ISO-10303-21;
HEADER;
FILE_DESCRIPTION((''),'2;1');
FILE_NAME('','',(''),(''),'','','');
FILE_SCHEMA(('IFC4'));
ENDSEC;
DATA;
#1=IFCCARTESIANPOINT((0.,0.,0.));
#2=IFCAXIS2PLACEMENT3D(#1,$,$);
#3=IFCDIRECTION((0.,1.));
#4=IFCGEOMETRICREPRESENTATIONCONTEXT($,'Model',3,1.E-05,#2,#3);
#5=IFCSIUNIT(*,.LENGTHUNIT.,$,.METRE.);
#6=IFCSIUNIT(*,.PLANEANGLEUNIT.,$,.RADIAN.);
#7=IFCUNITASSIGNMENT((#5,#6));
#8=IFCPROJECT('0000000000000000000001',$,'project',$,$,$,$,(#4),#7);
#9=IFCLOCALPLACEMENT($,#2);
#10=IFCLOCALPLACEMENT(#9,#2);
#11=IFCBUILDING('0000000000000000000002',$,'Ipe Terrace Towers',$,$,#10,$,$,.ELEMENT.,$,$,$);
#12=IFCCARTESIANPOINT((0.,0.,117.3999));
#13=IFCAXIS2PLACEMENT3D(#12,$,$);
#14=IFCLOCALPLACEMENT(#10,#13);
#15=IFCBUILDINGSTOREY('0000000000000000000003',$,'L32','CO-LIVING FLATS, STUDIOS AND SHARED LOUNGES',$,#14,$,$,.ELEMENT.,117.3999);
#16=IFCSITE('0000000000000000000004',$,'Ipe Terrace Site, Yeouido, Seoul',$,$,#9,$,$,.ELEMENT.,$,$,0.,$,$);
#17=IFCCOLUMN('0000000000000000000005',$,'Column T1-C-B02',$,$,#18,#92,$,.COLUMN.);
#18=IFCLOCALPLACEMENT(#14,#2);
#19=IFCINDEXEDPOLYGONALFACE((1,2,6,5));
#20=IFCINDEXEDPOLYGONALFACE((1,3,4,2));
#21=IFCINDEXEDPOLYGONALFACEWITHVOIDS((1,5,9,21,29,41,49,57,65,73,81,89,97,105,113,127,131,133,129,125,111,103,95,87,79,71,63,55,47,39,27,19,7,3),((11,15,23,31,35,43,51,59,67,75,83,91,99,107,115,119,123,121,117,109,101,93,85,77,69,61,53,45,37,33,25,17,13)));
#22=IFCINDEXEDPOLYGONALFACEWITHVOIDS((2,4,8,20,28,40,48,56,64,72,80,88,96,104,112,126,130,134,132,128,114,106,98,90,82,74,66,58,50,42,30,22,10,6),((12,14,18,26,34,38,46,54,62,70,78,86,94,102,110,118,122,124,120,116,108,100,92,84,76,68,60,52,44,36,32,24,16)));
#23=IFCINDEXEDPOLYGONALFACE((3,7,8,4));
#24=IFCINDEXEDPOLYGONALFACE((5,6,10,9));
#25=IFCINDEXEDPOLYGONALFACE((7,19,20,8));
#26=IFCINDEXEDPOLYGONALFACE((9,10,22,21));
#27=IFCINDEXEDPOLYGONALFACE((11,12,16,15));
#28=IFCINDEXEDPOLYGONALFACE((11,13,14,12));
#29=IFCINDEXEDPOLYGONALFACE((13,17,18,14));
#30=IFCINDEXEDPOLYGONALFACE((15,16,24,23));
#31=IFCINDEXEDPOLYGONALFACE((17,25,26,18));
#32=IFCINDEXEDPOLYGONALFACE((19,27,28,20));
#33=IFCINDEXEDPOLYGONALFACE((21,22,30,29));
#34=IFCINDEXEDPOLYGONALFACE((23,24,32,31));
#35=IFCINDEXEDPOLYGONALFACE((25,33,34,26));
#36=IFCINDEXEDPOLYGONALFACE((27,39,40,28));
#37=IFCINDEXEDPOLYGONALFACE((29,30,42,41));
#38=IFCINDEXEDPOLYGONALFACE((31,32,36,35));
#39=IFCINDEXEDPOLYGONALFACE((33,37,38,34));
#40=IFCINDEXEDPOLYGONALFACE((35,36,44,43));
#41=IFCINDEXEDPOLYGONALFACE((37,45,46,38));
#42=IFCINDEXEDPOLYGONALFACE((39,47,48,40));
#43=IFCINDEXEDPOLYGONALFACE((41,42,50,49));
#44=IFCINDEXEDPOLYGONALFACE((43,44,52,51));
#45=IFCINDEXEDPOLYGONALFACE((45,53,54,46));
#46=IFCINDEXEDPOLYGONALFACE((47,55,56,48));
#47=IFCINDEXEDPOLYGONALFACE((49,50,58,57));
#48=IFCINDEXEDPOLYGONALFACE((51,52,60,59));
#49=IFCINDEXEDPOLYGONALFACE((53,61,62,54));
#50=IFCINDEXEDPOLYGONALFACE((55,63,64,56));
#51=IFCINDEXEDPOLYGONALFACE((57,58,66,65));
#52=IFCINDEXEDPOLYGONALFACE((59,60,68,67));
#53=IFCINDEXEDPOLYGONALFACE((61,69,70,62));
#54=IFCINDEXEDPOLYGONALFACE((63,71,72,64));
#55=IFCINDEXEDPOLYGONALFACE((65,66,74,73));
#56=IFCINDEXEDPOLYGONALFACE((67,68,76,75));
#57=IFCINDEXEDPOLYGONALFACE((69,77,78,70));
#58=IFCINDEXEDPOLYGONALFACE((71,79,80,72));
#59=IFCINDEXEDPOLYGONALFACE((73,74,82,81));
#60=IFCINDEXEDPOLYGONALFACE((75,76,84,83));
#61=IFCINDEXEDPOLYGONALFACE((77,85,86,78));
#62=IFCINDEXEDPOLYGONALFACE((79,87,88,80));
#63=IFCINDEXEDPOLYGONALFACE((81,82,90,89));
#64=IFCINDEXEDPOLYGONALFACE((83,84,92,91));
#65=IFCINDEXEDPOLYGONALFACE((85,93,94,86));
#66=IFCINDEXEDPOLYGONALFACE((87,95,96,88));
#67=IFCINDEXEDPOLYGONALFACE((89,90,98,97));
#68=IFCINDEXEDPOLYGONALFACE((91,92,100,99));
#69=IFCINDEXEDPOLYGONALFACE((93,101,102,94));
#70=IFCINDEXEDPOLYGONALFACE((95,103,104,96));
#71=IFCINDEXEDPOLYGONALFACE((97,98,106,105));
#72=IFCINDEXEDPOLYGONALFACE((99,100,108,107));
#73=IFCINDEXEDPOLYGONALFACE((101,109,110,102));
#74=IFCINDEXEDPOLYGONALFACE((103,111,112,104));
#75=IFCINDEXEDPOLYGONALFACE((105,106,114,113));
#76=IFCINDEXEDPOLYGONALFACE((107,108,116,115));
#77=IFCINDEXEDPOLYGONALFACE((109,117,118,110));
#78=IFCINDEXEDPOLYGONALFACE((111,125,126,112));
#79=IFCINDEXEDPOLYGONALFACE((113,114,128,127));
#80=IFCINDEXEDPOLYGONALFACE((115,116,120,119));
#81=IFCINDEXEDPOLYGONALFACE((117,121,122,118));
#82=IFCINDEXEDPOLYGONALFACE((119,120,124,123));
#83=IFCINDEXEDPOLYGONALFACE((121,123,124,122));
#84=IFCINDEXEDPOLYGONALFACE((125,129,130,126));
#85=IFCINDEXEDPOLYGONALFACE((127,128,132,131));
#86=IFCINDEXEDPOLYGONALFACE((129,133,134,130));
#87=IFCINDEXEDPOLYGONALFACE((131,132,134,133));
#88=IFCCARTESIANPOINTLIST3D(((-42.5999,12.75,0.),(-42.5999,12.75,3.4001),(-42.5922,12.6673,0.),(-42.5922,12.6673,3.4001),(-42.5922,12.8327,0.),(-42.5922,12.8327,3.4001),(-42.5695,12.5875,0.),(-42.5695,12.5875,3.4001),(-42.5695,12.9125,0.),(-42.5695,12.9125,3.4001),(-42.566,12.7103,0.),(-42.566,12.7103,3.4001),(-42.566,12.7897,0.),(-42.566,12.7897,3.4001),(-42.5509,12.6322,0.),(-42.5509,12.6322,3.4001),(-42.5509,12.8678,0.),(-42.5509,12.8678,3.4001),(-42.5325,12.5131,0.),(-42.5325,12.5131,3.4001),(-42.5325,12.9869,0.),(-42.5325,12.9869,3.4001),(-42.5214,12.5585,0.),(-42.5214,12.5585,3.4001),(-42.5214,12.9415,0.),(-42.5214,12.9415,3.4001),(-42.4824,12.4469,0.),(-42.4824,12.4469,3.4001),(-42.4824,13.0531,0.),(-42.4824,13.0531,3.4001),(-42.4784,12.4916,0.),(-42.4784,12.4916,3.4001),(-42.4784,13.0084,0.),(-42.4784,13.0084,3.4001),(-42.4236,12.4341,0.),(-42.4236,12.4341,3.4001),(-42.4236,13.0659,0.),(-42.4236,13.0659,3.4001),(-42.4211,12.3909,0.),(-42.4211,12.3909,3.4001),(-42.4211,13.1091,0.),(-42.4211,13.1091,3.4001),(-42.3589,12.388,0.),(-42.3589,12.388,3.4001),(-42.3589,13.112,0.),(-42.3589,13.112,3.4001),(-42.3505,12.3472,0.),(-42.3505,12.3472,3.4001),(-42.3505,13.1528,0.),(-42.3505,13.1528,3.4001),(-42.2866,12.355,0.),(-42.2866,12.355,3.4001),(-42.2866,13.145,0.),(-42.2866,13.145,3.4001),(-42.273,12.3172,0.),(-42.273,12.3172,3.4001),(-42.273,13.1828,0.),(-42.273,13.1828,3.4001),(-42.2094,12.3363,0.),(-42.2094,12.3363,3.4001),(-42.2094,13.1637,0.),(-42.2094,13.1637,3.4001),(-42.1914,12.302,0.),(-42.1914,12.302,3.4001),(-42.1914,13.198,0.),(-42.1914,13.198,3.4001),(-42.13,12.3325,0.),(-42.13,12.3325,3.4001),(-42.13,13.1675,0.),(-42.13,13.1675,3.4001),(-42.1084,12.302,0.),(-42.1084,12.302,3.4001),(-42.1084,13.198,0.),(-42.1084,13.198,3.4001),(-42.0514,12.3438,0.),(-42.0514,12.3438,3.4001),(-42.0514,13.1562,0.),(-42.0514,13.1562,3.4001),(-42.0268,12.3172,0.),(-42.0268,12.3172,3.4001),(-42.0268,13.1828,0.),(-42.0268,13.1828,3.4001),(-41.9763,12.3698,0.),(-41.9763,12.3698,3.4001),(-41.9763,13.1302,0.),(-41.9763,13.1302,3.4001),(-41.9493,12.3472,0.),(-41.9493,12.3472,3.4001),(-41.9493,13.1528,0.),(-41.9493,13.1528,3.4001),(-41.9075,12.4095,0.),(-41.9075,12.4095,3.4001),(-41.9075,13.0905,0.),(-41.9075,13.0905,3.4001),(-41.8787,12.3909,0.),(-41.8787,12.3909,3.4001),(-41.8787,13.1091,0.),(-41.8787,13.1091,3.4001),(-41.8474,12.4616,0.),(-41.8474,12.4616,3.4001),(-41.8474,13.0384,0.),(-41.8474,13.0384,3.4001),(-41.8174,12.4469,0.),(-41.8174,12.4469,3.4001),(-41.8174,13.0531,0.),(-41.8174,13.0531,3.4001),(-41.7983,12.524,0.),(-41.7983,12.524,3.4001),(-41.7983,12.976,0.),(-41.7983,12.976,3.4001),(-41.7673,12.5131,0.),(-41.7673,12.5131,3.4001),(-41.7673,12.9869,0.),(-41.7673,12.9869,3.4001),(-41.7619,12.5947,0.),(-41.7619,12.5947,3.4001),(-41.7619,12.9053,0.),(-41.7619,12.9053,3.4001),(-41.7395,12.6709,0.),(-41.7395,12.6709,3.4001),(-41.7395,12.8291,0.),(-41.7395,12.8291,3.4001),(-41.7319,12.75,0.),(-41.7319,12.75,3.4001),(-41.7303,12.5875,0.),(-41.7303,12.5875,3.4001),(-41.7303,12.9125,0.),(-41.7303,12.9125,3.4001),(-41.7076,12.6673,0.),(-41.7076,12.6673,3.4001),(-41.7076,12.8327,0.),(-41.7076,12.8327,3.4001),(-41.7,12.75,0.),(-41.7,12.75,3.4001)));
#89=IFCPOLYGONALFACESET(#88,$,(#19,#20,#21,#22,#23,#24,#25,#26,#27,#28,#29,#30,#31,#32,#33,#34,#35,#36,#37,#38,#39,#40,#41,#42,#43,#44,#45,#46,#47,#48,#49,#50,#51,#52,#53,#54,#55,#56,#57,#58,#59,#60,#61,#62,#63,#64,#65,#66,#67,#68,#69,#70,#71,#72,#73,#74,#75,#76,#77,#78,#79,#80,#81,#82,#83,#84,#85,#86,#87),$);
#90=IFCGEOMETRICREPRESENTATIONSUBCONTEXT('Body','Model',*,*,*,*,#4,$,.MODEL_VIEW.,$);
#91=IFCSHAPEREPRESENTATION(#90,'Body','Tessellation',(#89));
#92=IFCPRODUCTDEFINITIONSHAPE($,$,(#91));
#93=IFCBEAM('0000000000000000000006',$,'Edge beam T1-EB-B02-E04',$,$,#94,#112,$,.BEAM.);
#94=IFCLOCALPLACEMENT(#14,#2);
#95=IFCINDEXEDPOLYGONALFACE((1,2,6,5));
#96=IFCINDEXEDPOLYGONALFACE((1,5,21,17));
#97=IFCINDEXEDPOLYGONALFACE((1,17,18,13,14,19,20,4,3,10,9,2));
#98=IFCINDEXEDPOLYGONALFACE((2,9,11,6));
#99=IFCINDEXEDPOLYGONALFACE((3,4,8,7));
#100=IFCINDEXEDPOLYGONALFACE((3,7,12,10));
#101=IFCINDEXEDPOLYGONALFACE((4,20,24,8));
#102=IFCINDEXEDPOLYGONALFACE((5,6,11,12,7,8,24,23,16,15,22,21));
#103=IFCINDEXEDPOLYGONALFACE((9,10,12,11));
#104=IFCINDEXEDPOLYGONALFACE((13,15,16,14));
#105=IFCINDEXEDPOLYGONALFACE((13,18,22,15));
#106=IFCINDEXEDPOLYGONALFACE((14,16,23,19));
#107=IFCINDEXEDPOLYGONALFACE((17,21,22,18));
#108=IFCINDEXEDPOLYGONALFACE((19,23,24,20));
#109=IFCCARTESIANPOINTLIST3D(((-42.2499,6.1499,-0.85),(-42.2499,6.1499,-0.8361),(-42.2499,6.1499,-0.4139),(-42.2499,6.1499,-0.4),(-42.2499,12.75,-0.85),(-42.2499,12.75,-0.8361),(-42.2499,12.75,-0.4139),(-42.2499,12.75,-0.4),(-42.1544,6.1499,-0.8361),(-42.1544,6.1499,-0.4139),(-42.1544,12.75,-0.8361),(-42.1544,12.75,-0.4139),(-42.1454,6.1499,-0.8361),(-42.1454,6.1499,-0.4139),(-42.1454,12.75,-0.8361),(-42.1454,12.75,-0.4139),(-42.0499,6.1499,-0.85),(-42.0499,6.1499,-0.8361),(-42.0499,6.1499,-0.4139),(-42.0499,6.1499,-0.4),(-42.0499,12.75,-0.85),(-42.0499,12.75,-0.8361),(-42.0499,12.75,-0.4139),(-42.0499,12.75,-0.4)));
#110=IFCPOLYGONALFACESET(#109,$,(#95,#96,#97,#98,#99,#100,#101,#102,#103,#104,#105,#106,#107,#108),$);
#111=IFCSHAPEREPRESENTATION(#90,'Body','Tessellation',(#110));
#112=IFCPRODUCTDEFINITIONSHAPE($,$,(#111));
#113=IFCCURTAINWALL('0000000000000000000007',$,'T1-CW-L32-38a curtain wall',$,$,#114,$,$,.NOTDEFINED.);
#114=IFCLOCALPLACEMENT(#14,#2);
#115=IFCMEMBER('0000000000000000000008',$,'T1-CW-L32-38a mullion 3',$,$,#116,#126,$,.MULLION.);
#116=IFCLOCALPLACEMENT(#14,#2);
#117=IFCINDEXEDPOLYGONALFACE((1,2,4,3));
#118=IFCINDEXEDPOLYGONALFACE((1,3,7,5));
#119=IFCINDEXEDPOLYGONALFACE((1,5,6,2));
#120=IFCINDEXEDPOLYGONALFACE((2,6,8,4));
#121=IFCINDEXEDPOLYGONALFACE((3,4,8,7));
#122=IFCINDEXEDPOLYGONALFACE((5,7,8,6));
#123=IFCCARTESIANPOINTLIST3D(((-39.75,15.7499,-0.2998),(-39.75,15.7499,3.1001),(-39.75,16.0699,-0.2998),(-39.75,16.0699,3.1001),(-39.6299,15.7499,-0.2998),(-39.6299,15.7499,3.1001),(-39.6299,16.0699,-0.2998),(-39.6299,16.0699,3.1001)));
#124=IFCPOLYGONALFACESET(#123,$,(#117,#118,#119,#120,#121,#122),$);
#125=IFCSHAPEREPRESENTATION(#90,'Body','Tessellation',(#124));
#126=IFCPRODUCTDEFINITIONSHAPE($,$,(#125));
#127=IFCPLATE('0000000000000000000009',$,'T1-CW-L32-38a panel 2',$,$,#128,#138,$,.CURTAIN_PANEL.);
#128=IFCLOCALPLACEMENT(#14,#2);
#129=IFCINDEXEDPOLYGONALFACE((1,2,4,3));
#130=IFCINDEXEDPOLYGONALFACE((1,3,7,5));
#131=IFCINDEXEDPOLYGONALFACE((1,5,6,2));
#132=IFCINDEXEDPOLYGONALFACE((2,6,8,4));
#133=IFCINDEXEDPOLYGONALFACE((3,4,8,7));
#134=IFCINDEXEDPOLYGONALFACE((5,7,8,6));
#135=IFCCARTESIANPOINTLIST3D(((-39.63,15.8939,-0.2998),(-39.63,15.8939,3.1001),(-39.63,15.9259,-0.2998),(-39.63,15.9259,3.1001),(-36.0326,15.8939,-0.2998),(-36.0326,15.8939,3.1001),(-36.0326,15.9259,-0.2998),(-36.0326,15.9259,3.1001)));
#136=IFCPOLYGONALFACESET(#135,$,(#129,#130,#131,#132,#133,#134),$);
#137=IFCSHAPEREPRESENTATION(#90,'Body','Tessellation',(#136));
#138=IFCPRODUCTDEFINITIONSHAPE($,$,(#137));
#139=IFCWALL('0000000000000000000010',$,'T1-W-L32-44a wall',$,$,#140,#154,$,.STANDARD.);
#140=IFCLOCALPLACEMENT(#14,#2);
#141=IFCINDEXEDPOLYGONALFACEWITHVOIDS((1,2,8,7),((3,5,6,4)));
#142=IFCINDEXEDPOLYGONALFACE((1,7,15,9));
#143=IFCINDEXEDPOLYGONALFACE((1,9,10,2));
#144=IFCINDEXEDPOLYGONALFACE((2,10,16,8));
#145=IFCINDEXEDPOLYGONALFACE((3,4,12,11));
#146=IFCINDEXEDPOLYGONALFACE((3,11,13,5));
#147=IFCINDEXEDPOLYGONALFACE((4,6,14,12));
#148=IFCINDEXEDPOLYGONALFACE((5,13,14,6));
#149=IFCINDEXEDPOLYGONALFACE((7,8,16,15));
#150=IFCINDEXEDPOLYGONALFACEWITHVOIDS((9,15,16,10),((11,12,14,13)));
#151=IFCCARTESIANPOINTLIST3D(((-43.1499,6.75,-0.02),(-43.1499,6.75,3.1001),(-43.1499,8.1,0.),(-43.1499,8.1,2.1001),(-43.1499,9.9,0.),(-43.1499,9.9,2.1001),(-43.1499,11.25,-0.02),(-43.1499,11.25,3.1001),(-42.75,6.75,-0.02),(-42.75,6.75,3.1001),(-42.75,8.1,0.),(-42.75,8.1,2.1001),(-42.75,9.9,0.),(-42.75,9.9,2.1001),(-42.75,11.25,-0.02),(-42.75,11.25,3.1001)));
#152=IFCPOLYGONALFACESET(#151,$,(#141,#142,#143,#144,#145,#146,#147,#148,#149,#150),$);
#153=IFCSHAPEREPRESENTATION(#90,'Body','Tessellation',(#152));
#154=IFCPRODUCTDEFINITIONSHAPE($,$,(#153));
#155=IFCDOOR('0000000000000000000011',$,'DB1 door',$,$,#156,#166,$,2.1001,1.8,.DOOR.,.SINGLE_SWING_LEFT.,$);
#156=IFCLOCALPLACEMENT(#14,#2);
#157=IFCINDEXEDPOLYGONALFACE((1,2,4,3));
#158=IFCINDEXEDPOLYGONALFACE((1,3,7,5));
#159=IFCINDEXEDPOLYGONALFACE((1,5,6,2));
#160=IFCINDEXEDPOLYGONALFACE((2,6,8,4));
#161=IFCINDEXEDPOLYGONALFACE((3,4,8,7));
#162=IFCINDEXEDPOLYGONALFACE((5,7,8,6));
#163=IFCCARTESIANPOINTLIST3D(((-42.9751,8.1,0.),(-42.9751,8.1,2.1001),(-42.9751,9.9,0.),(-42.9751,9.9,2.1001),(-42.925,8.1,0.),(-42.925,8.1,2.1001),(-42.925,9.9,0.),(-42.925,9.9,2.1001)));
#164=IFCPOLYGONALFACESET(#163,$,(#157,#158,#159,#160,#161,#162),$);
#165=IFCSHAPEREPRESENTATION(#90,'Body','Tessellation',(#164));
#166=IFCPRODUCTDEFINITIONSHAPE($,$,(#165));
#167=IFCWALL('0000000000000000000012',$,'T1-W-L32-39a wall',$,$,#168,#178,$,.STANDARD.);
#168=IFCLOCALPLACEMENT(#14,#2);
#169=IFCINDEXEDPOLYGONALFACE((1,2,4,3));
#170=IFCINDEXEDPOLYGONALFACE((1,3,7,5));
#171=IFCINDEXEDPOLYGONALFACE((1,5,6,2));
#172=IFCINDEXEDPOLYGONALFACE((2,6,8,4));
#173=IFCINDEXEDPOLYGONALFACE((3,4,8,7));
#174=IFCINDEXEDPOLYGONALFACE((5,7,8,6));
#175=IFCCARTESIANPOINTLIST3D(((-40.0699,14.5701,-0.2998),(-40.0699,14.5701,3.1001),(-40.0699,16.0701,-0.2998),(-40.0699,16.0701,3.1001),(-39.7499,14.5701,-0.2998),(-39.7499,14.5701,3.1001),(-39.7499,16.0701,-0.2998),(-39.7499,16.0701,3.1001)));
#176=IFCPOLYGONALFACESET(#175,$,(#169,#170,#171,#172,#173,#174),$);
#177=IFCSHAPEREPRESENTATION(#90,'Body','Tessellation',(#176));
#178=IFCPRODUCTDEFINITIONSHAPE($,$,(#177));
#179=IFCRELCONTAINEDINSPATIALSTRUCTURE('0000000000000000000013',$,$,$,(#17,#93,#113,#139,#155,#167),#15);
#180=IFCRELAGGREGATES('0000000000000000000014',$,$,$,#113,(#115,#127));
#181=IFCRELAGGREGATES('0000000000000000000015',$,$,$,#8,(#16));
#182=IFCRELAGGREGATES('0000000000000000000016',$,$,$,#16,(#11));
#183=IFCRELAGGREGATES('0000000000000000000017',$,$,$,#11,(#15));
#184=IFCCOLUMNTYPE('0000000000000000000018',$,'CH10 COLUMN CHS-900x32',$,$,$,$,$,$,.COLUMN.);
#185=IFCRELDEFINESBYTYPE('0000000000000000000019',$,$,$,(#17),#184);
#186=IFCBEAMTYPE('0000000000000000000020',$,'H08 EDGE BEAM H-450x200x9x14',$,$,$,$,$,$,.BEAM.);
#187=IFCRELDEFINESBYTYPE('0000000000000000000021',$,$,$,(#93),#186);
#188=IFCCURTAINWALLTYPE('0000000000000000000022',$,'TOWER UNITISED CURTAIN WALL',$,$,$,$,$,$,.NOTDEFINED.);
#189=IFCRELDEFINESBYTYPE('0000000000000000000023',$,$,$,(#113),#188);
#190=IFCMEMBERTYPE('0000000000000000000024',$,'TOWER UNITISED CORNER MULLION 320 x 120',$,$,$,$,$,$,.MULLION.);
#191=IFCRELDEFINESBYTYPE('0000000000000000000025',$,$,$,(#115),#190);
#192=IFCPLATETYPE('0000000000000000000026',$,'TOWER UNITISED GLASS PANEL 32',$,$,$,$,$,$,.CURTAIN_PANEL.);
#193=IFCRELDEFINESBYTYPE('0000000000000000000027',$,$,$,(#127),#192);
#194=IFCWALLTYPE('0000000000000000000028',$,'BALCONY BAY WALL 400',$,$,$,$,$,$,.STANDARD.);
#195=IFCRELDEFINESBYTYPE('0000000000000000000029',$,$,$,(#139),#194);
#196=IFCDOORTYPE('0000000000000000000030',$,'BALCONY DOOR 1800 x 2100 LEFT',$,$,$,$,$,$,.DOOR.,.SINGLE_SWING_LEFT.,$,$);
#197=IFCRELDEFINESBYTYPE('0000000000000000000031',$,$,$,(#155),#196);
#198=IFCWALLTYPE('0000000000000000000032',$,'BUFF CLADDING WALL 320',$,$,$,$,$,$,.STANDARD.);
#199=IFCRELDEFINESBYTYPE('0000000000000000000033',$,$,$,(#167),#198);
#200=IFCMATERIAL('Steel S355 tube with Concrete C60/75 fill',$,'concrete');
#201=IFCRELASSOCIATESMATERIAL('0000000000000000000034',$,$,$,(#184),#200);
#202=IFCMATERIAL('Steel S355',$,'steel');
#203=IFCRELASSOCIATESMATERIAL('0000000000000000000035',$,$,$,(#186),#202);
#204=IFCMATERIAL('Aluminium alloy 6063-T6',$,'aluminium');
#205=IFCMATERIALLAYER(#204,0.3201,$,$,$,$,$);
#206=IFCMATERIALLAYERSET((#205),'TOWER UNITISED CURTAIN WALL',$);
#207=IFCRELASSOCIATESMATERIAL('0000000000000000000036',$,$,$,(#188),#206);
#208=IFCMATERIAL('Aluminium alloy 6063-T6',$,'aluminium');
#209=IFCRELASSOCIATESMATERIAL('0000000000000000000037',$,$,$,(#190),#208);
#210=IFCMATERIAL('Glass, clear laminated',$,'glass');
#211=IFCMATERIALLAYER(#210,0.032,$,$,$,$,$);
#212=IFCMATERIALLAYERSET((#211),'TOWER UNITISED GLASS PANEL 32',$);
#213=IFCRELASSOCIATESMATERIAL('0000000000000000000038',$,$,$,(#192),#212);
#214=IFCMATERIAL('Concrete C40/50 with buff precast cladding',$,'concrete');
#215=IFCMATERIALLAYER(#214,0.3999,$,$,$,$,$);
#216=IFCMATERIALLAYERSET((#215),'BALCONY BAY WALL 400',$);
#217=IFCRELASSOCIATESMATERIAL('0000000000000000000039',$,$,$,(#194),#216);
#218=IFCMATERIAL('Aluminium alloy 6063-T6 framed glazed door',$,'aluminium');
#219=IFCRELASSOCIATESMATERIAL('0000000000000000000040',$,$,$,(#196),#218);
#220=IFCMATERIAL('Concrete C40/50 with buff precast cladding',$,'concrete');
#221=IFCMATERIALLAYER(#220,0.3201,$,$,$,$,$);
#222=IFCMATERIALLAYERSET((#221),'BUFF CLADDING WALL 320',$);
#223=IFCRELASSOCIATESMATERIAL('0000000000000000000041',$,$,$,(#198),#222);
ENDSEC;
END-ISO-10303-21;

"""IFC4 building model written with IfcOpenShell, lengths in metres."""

from ifc_helpers import new_model, si_unit, direction, frame, frame_2d, origin, origin_2d, place, context, subcontext, project, spatial, rectangle, hollow_circle, i_section, extrude, material, layer, layer_set, material_profile, profile_set, type_object, element, fill, aggregate, save


model = new_model("IFC4")

# Units and contexts
model_context = context("Model", 3, precision=1e-05, world=origin(), true_north=direction((0.0, 1.0)))
body_context = subcontext(model_context, "Body", "Model", "MODEL_VIEW")
ifc_project = project(units=[si_unit("LENGTHUNIT", "METRE"), si_unit("PLANEANGLEUNIT", "RADIAN")], contexts=[model_context])

# Site, building, storey
site_placement = place(None, origin())
site = spatial("IfcSite", under=ifc_project, at=site_placement, Name="Ipe Terrace Site, Yeouido, Seoul", CompositionType="ELEMENT", RefElevation=0.0)
building_placement = place(site_placement, origin())
building = spatial("IfcBuilding", under=site, at=building_placement, Name="Ipe Terrace Towers", CompositionType="ELEMENT")
storey_placement = place(building_placement, frame((0.0, 0.0, 117.3999)))
storey = spatial("IfcBuildingStorey", under=building, at=storey_placement, Name="L32", Description="CO-LIVING FLATS, STUDIOS AND SHARED LOUNGES", CompositionType="ELEMENT", Elevation=117.3999)

# Column
ifc_material_1 = material(Name="Steel S355 tube with Concrete C60/75 fill", Category="concrete")
ifc_material_profile_1 = material_profile(ifc_material_1, hollow_circle(Radius=0.45, WallThickness=0.032, at=origin_2d()), Name="CHS-900x32")
ifc_profile_set_1 = profile_set([ifc_material_profile_1], Name="Steel S355 tube with Concrete C60/75 fill")
column_type = type_object("IfcColumnType", Name="CH10 COLUMN CHS-900x32", PredefinedType="COLUMN", material=ifc_profile_set_1)
column_placement = place(storey_placement, frame((-42.1499, 12.75, 0.0), z_axis=(0.0, 0.0, 1.0), x_axis=(1.0, 0.0, 0.0)))
element("IfcColumn", 1, at=column_placement, inside=storey, type_object=column_type, Name="Column T1-C-B02", PredefinedType="COLUMN", context=body_context, shape_type="SweptSolid", body=[
    extrude(hollow_circle(Radius=0.45, WallThickness=0.032, at=origin_2d()), origin(), (0.0, 0.0, 1.0), 3.4001),
])

# Beam
ifc_material_2 = material(Name="Steel S355", Category="steel")
ifc_material_profile_2 = material_profile(ifc_material_2, i_section(OverallWidth=0.2, OverallDepth=0.45, WebThickness=0.009, FlangeThickness=0.0139, at=origin_2d()), Name="H-450x200x9x14")
ifc_profile_set_2 = profile_set([ifc_material_profile_2], Name="Steel S355")
beam_type = type_object("IfcBeamType", Name="H08 EDGE BEAM H-450x200x9x14", PredefinedType="BEAM", material=ifc_profile_set_2)
beam_placement = place(storey_placement, frame((-42.1499, 12.75, -0.625), z_axis=(0.0, -1.0, 0.0), x_axis=(1.0, 0.0, 0.0)))
element("IfcBeam", 2, at=beam_placement, inside=storey, type_object=beam_type, Name="Edge beam T1-EB-B02-E04", PredefinedType="BEAM", context=body_context, shape_type="SweptSolid", body=[
    extrude(i_section(OverallWidth=0.2, OverallDepth=0.45, WebThickness=0.009, FlangeThickness=0.0139, at=origin_2d()), origin(), (0.0, 0.0, 1.0), 6.6001),
])

# Curtain wall, member, plate
ifc_material_3 = material(Name="Aluminium alloy 6063-T6", Category="aluminium")
ifc_layer_1 = layer(ifc_material_3, 0.3201)
ifc_layer_set_1 = layer_set([ifc_layer_1], Name="TOWER UNITISED CURTAIN WALL")
curtain_wall_type = type_object("IfcCurtainWallType", Name="TOWER UNITISED CURTAIN WALL", PredefinedType="NOTDEFINED", material=ifc_layer_set_1)
curtain_wall_placement = place(storey_placement, origin())
curtain_wall = element("IfcCurtainWall", 3, at=curtain_wall_placement, inside=storey, type_object=curtain_wall_type, Name="T1-CW-L32-38a curtain wall", PredefinedType="NOTDEFINED")
ifc_material_4 = material(Name="Aluminium alloy 6063-T6", Category="aluminium")
ifc_material_profile_3 = material_profile(ifc_material_4, rectangle(XDim=0.3201, YDim=0.1201, at=origin_2d()), Name="TOWER UNITISED CORNER MULLION 320 x 120")
ifc_profile_set_3 = profile_set([ifc_material_profile_3], Name="Aluminium alloy 6063-T6")
member_type = type_object("IfcMemberType", Name="TOWER UNITISED CORNER MULLION 320 x 120", PredefinedType="MULLION", material=ifc_profile_set_3)
member_placement = place(storey_placement, frame((-39.6899, 15.9099, -0.2998), z_axis=(0.0, 0.0, 1.0), x_axis=(0.0, 1.0, 0.0)))
member = element("IfcMember", 4, at=member_placement, type_object=member_type, Name="T1-CW-L32-38a mullion 3", PredefinedType="MULLION", context=body_context, shape_type="SweptSolid", body=[
    extrude(rectangle(XDim=0.3201, YDim=0.1201, at=origin_2d()), origin(), (0.0, 0.0, 1.0), 3.3999),
])
ifc_material_5 = material(Name="Glass, clear laminated", Category="glass")
ifc_layer_2 = layer(ifc_material_5, 0.032)
ifc_layer_set_2 = layer_set([ifc_layer_2], Name="TOWER UNITISED GLASS PANEL 32")
plate_type = type_object("IfcPlateType", Name="TOWER UNITISED GLASS PANEL 32", PredefinedType="CURTAIN_PANEL", material=ifc_layer_set_2)
plate_placement = place(storey_placement, frame((-37.8313, 15.9099, -0.2998), z_axis=(0.0, 0.0, 1.0), x_axis=(-1.0, 0.0, 0.0)))
plate = element("IfcPlate", 5, at=plate_placement, type_object=plate_type, Name="T1-CW-L32-38a panel 2", PredefinedType="CURTAIN_PANEL", context=body_context, shape_type="SweptSolid", body=[
    extrude(rectangle(XDim=3.5974, YDim=0.032, at=origin_2d()), origin(), (0.0, 0.0, 1.0), 3.3999),
])
aggregate(curtain_wall, [member, plate])

# Wall, opening, door
ifc_material_6 = material(Name="Concrete C40/50 with buff precast cladding", Category="concrete")
ifc_layer_3 = layer(ifc_material_6, 0.3999)
ifc_layer_set_3 = layer_set([ifc_layer_3], Name="BALCONY BAY WALL 400")
wall_type_1 = type_object("IfcWallType", Name="BALCONY BAY WALL 400", PredefinedType="STANDARD", material=ifc_layer_set_3)
wall_1_placement = place(storey_placement, frame((-42.95, 11.25, -0.02), z_axis=(0.0, 0.0, 1.0), x_axis=(0.0, -1.0, 0.0)))
wall_1 = element("IfcWall", 6, at=wall_1_placement, inside=storey, type_object=wall_type_1, Name="T1-W-L32-44a wall", PredefinedType="STANDARD", context=body_context, shape_type="SweptSolid", body=[
    extrude(rectangle(XDim=4.5, YDim=0.3999, at=frame_2d((2.25, 0.0))), origin(), (0.0, 0.0, 1.0), 3.1201),
])
opening_1_placement = place(wall_1_placement, frame((1.3501, 0.0, 0.02)))
opening_1 = element("IfcOpeningElement", 7, at=opening_1_placement, cuts=wall_1, PredefinedType="OPENING", context=body_context, shape_type="SweptSolid", body=[
    extrude(rectangle(XDim=1.8, YDim=2.1001, at=frame_2d((0.8999, 1.05))), frame((0.0, 0.21, 0.0), z_axis=(0.0, -1.0, 0.0), x_axis=(1.0, 0.0, 0.0)), (0.0, 0.0, 1.0), 0.4199),
])
ifc_material_7 = material(Name="Aluminium alloy 6063-T6 framed glazed door", Category="aluminium")
door_type_1 = type_object("IfcDoorType", Name="BALCONY DOOR 1800 x 2100 LEFT", OperationType="SINGLE_SWING_LEFT", PredefinedType="DOOR", material=ifc_material_7)
door_1_placement = place(opening_1_placement, origin())
door_1 = element("IfcDoor", 8, at=door_1_placement, inside=storey, type_object=door_type_1, Name="DB1 door", OperationType="SINGLE_SWING_LEFT", OverallHeight=2.1001, OverallWidth=1.8, PredefinedType="DOOR", context=body_context, shape_type="SweptSolid", body=[
    extrude(rectangle(XDim=1.8, YDim=2.1001, at=frame_2d((0.8999, 1.05))), frame((0.0, 0.0249, 0.0), z_axis=(0.0, -1.0, 0.0), x_axis=(1.0, 0.0, 0.0)), (0.0, 0.0, 1.0), 0.05),
])
fill(opening_1, door_1)

# Wall
ifc_material_8 = material(Name="Concrete C40/50 with buff precast cladding", Category="concrete")
ifc_layer_4 = layer(ifc_material_8, 0.3201)
ifc_layer_set_4 = layer_set([ifc_layer_4], Name="BUFF CLADDING WALL 320")
wall_type_2 = type_object("IfcWallType", Name="BUFF CLADDING WALL 320", PredefinedType="STANDARD", material=ifc_layer_set_4)
wall_2_placement = place(storey_placement, frame((-39.9099, 16.0701, -0.2998), z_axis=(0.0, 0.0, 1.0), x_axis=(0.0, -1.0, 0.0)))
element("IfcWall", 9, at=wall_2_placement, inside=storey, type_object=wall_type_2, Name="T1-W-L32-39a wall", PredefinedType="STANDARD", context=body_context, shape_type="SweptSolid", body=[
    extrude(rectangle(XDim=1.5, YDim=0.3201, at=frame_2d((0.75, 0.0))), origin(), (0.0, 0.0, 1.0), 3.3999),
])

save(model, "model.ifc")
